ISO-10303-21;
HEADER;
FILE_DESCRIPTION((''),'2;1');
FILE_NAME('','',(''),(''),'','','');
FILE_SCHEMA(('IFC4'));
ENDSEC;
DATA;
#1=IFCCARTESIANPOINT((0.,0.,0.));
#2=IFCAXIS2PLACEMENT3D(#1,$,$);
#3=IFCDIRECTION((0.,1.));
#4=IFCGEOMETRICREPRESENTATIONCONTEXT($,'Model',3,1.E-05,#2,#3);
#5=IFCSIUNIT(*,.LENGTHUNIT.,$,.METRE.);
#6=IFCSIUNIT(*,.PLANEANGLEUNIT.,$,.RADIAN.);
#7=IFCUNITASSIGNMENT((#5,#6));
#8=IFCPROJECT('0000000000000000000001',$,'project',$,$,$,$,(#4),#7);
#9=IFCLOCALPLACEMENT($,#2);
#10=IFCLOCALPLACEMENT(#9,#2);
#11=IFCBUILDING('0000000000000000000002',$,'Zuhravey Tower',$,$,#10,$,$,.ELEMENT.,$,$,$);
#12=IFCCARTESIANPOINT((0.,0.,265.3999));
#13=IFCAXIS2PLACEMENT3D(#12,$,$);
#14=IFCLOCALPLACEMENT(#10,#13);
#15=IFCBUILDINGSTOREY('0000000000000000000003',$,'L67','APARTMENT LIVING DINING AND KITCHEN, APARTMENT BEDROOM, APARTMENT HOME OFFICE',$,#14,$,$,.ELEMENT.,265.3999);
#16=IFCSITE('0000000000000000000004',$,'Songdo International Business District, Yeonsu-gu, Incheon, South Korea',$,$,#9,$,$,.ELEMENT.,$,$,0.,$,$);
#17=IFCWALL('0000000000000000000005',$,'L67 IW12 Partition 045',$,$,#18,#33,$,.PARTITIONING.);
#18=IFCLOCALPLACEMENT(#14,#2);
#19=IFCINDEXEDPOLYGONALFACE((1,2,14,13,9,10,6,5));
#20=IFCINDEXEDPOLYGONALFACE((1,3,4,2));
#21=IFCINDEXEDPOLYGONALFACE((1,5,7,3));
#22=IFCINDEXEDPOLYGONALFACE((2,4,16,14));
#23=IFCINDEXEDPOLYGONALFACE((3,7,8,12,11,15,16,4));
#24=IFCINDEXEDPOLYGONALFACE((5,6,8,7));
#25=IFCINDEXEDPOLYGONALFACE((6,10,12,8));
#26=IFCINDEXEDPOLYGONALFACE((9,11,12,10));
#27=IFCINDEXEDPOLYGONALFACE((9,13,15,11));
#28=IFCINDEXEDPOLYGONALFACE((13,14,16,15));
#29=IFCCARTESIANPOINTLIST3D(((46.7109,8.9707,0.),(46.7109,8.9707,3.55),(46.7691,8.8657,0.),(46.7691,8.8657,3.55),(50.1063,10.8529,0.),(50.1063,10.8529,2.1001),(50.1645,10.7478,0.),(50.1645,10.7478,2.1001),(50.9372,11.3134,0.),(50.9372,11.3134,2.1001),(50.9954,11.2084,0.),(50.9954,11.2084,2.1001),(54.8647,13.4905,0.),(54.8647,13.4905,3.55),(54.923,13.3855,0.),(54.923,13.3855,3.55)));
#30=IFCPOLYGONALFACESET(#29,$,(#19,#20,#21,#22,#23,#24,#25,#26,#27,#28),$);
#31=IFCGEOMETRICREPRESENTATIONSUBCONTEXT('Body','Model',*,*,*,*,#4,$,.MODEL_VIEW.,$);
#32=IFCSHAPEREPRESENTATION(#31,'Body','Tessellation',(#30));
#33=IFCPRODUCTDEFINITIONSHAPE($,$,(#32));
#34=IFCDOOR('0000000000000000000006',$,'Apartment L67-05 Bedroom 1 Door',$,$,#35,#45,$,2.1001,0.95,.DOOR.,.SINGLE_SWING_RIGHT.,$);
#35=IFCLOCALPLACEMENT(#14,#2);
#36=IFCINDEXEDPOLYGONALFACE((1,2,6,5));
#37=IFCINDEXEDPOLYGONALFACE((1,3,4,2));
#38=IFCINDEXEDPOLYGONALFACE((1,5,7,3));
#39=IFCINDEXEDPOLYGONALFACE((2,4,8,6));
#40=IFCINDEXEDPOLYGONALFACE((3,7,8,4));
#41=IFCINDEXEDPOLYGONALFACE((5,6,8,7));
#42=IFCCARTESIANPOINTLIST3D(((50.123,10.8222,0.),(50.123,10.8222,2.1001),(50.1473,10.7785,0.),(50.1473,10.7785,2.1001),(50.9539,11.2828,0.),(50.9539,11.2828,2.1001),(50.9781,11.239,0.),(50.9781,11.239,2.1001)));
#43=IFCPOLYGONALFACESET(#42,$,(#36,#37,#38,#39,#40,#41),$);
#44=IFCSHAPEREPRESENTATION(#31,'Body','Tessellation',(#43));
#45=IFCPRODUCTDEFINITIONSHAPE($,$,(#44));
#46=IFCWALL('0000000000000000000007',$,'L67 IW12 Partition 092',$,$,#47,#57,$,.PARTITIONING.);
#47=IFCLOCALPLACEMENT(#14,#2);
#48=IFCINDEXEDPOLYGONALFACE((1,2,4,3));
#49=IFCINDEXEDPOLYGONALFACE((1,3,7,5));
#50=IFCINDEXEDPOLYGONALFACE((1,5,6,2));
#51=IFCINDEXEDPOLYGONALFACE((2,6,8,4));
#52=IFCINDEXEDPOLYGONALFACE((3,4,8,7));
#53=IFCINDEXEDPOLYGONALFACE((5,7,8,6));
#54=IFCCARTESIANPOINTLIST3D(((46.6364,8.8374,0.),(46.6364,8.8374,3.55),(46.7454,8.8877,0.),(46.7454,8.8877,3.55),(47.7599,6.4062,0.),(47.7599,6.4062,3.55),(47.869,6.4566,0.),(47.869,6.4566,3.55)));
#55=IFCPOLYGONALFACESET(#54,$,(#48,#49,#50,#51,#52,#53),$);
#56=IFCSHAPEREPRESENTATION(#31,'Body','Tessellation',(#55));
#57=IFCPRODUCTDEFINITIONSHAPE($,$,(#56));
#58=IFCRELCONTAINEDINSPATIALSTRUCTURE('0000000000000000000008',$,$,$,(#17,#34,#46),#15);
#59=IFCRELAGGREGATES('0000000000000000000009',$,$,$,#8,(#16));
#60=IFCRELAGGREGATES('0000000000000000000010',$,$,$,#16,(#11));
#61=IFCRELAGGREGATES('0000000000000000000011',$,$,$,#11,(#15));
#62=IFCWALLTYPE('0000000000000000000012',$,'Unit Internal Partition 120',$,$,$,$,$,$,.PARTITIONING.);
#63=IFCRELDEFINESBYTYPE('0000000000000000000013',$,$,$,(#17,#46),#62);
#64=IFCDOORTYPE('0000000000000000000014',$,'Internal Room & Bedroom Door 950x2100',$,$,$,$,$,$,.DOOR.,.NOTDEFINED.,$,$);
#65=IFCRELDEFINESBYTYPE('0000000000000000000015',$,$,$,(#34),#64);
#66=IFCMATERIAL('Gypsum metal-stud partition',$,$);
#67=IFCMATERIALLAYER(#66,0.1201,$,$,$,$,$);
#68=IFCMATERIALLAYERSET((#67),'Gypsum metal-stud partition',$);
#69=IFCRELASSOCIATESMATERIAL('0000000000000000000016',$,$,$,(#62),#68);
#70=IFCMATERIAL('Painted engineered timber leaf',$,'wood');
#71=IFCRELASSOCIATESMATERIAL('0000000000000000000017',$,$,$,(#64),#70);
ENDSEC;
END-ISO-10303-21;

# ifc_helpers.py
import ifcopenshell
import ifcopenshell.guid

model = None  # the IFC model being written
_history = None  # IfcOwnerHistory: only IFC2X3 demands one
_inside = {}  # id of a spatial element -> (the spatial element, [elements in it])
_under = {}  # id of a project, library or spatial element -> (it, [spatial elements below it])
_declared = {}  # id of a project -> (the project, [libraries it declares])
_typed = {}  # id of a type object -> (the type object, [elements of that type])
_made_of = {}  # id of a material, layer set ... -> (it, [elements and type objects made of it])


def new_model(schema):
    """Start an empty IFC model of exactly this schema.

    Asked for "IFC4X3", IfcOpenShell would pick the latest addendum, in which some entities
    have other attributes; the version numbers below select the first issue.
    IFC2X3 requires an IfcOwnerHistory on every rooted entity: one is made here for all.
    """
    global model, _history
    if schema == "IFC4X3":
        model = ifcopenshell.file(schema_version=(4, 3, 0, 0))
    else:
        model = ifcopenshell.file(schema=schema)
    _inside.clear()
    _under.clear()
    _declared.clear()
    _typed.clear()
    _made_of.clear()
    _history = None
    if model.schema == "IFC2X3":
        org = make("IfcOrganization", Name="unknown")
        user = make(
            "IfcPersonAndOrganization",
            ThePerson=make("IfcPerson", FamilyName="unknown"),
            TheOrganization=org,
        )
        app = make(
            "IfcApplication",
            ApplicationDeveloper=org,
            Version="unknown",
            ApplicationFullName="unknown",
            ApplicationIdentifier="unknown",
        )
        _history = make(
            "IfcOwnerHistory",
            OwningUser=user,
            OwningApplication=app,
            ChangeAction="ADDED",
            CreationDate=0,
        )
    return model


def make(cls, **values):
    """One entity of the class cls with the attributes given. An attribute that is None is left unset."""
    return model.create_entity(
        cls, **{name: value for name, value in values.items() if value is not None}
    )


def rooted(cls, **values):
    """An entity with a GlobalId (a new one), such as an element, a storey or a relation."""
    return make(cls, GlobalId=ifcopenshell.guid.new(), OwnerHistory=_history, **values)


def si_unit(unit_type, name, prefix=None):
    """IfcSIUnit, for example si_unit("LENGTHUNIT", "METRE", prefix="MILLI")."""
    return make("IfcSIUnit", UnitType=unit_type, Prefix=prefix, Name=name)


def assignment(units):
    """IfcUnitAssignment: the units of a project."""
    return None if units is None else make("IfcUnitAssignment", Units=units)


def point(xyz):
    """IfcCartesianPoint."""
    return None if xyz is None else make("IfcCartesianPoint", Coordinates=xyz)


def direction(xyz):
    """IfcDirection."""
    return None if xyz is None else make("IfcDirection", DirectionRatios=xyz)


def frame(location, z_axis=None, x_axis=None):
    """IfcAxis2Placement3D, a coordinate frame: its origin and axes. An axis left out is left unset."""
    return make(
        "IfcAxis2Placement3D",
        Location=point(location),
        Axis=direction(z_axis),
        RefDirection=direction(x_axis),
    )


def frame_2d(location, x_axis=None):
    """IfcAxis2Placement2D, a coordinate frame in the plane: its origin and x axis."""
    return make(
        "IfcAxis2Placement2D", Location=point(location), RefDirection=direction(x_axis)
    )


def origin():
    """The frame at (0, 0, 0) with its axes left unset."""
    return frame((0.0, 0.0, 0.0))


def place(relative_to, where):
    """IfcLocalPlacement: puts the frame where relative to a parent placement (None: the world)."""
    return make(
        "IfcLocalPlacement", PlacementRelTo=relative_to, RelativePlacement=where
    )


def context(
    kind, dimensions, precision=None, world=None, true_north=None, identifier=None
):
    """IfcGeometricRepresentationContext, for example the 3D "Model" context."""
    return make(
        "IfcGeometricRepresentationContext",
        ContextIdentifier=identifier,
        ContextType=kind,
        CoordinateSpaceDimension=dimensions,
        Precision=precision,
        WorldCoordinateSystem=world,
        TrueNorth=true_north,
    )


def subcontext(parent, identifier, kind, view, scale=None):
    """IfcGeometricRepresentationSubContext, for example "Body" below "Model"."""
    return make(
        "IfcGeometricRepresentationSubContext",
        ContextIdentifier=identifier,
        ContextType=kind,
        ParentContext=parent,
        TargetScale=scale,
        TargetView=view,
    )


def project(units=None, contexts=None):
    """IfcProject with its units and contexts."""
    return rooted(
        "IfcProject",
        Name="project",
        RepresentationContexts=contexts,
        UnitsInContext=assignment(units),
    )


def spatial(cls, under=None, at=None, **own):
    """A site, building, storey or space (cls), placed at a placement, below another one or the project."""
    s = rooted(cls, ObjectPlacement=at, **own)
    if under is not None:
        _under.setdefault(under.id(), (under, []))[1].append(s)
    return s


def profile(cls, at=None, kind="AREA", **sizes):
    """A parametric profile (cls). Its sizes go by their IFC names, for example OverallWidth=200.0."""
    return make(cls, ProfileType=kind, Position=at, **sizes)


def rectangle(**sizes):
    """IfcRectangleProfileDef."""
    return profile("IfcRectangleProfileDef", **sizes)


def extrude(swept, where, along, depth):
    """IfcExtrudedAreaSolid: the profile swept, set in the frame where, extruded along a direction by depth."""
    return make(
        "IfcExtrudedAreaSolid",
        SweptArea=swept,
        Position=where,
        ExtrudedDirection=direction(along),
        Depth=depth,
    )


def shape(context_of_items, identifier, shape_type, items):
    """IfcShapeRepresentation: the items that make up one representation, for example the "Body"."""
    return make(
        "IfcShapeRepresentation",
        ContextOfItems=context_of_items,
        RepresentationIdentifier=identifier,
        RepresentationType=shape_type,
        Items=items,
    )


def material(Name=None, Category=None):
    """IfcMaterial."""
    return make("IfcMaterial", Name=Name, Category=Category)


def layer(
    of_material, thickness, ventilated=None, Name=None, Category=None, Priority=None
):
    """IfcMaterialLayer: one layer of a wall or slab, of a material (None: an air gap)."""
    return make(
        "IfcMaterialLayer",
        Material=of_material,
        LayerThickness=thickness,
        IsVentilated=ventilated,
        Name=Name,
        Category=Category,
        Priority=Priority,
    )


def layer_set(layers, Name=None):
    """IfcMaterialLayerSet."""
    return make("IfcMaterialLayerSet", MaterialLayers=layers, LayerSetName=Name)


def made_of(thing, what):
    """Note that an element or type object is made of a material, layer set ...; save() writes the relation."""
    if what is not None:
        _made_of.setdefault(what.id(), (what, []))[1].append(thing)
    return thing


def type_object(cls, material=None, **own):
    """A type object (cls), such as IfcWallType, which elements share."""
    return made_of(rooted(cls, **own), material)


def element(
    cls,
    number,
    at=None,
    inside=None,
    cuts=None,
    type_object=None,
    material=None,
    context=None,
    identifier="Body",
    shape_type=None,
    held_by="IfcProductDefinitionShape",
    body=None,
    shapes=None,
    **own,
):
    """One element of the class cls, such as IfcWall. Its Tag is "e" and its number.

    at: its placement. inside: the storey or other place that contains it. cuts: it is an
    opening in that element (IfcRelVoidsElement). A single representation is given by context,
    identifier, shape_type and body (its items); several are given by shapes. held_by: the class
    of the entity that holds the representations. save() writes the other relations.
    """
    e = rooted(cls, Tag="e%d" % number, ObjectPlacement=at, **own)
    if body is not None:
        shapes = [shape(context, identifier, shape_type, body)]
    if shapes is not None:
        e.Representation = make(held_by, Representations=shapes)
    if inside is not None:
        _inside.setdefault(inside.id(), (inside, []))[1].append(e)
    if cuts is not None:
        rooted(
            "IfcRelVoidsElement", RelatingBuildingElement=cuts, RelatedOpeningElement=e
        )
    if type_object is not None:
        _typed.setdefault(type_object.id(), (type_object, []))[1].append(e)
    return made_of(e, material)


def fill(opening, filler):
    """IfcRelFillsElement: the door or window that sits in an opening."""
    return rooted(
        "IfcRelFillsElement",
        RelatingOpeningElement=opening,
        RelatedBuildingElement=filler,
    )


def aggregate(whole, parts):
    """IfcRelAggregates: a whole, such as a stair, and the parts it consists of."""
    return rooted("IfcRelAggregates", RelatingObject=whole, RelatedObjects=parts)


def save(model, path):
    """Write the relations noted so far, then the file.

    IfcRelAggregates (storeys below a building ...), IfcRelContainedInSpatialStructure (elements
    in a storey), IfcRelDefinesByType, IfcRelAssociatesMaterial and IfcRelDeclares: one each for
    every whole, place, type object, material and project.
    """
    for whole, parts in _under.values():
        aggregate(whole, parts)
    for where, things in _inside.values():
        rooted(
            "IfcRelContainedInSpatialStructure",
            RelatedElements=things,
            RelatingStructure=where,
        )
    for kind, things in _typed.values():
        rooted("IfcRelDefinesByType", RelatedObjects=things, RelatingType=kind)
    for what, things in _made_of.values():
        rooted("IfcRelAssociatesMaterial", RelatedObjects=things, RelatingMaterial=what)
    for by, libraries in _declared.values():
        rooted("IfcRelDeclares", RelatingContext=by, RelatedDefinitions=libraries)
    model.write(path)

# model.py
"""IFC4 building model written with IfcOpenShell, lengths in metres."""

from ifc_helpers import new_model, si_unit, direction, frame, frame_2d, origin, place, context, subcontext, project, spatial, rectangle, extrude, material, layer, layer_set, type_object, element, fill, save


model = new_model("IFC4")

# Units and contexts
model_context = context("Model", 3, precision=1e-05, world=origin(), true_north=direction((0.0, 1.0)))
body_context = subcontext(model_context, "Body", "Model", "MODEL_VIEW")
ifc_project = project(units=[si_unit("LENGTHUNIT", "METRE"), si_unit("PLANEANGLEUNIT", "RADIAN")], contexts=[model_context])

# Site, building, storey
site_placement = place(None, origin())
site = spatial("IfcSite", under=ifc_project, at=site_placement, Name="Songdo International Business District, Yeonsu-gu, Incheon, South Korea", CompositionType="ELEMENT", RefElevation=0.0)
building_placement = place(site_placement, origin())
building = spatial("IfcBuilding", under=site, at=building_placement, Name="Zuhravey Tower", CompositionType="ELEMENT")
storey_placement = place(building_placement, frame((0.0, 0.0, 265.3999)))
storey = spatial("IfcBuildingStorey", under=building, at=storey_placement, Name="L67", Description="APARTMENT LIVING DINING AND KITCHEN, APARTMENT BEDROOM, APARTMENT HOME OFFICE", CompositionType="ELEMENT", Elevation=265.3999)

# Wall, opening, door
ifc_material_1 = material(Name="Gypsum metal-stud partition")
ifc_layer_1 = layer(ifc_material_1, 0.1201)
ifc_layer_set_1 = layer_set([ifc_layer_1], Name="Gypsum metal-stud partition")
wall_type_1 = type_object("IfcWallType", Name="Unit Internal Partition 120", PredefinedType="PARTITIONING", material=ifc_layer_set_1)
wall_1_placement = place(storey_placement, frame((46.74, 8.9182, 0.0), z_axis=(0.0, 0.0, 1.0), x_axis=(0.874618, 0.484813, 0.0)))
wall_1 = element("IfcWall", 1, at=wall_1_placement, inside=storey, type_object=wall_type_1, Name="L67 IW12 Partition 045", PredefinedType="PARTITIONING", context=body_context, shape_type="SweptSolid", body=[
    extrude(rectangle(XDim=9.3228, YDim=0.1201, at=frame_2d((4.6614, 0.0))), origin(), (0.0, 0.0, 1.0), 3.55),
])
opening_1_placement = place(wall_1_placement, frame((3.8821, 0.0, 0.0)))
opening_1 = element("IfcOpeningElement", 2, at=opening_1_placement, cuts=wall_1, PredefinedType="OPENING", context=body_context, shape_type="SweptSolid", body=[
    extrude(rectangle(XDim=0.95, YDim=2.1001, at=frame_2d((0.4751, 1.05))), frame((0.0, 0.072, 0.0), z_axis=(0.0, -1.0, 0.0), x_axis=(1.0, 0.0, 0.0)), (0.0, 0.0, 1.0), 0.144),
])
ifc_material_2 = material(Name="Painted engineered timber leaf", Category="wood")
door_type = type_object("IfcDoorType", Name="Internal Room & Bedroom Door 950x2100", OperationType="NOTDEFINED", PredefinedType="DOOR", material=ifc_material_2)
door_placement = place(opening_1_placement, frame((0.95, 0.0, 0.0), z_axis=(0.0, 0.0, 1.0), x_axis=(-1.0, 0.0, 0.0)))
door = element("IfcDoor", 3, at=door_placement, inside=storey, type_object=door_type, Name="Apartment L67-05 Bedroom 1 Door", OperationType="SINGLE_SWING_RIGHT", OverallHeight=2.1001, OverallWidth=0.95, PredefinedType="DOOR", context=body_context, shape_type="SweptSolid", body=[
    extrude(rectangle(XDim=0.95, YDim=2.1001, at=frame_2d((0.4751, 1.05))), frame((0.0, 0.0249, 0.0), z_axis=(0.0, -1.0, 0.0), x_axis=(1.0, 0.0, 0.0)), (0.0, 0.0, 1.0), 0.05),
])
fill(opening_1, door)

# Wall
wall_2_placement = place(storey_placement, frame((46.6909, 8.8625, 0.0), z_axis=(0.0, 0.0, 1.0), x_axis=(0.419509, -0.907751, 0.0)))
element("IfcWall", 4, at=wall_2_placement, inside=storey, type_object=wall_type_1, Name="L67 IW12 Partition 092", PredefinedType="PARTITIONING", context=body_context, shape_type="SweptSolid", body=[
    extrude(rectangle(XDim=2.6782, YDim=0.1201, at=frame_2d((1.3391, 0.0))), origin(), (0.0, 0.0, 1.0), 3.55),
])

save(model, "model.ifc")
